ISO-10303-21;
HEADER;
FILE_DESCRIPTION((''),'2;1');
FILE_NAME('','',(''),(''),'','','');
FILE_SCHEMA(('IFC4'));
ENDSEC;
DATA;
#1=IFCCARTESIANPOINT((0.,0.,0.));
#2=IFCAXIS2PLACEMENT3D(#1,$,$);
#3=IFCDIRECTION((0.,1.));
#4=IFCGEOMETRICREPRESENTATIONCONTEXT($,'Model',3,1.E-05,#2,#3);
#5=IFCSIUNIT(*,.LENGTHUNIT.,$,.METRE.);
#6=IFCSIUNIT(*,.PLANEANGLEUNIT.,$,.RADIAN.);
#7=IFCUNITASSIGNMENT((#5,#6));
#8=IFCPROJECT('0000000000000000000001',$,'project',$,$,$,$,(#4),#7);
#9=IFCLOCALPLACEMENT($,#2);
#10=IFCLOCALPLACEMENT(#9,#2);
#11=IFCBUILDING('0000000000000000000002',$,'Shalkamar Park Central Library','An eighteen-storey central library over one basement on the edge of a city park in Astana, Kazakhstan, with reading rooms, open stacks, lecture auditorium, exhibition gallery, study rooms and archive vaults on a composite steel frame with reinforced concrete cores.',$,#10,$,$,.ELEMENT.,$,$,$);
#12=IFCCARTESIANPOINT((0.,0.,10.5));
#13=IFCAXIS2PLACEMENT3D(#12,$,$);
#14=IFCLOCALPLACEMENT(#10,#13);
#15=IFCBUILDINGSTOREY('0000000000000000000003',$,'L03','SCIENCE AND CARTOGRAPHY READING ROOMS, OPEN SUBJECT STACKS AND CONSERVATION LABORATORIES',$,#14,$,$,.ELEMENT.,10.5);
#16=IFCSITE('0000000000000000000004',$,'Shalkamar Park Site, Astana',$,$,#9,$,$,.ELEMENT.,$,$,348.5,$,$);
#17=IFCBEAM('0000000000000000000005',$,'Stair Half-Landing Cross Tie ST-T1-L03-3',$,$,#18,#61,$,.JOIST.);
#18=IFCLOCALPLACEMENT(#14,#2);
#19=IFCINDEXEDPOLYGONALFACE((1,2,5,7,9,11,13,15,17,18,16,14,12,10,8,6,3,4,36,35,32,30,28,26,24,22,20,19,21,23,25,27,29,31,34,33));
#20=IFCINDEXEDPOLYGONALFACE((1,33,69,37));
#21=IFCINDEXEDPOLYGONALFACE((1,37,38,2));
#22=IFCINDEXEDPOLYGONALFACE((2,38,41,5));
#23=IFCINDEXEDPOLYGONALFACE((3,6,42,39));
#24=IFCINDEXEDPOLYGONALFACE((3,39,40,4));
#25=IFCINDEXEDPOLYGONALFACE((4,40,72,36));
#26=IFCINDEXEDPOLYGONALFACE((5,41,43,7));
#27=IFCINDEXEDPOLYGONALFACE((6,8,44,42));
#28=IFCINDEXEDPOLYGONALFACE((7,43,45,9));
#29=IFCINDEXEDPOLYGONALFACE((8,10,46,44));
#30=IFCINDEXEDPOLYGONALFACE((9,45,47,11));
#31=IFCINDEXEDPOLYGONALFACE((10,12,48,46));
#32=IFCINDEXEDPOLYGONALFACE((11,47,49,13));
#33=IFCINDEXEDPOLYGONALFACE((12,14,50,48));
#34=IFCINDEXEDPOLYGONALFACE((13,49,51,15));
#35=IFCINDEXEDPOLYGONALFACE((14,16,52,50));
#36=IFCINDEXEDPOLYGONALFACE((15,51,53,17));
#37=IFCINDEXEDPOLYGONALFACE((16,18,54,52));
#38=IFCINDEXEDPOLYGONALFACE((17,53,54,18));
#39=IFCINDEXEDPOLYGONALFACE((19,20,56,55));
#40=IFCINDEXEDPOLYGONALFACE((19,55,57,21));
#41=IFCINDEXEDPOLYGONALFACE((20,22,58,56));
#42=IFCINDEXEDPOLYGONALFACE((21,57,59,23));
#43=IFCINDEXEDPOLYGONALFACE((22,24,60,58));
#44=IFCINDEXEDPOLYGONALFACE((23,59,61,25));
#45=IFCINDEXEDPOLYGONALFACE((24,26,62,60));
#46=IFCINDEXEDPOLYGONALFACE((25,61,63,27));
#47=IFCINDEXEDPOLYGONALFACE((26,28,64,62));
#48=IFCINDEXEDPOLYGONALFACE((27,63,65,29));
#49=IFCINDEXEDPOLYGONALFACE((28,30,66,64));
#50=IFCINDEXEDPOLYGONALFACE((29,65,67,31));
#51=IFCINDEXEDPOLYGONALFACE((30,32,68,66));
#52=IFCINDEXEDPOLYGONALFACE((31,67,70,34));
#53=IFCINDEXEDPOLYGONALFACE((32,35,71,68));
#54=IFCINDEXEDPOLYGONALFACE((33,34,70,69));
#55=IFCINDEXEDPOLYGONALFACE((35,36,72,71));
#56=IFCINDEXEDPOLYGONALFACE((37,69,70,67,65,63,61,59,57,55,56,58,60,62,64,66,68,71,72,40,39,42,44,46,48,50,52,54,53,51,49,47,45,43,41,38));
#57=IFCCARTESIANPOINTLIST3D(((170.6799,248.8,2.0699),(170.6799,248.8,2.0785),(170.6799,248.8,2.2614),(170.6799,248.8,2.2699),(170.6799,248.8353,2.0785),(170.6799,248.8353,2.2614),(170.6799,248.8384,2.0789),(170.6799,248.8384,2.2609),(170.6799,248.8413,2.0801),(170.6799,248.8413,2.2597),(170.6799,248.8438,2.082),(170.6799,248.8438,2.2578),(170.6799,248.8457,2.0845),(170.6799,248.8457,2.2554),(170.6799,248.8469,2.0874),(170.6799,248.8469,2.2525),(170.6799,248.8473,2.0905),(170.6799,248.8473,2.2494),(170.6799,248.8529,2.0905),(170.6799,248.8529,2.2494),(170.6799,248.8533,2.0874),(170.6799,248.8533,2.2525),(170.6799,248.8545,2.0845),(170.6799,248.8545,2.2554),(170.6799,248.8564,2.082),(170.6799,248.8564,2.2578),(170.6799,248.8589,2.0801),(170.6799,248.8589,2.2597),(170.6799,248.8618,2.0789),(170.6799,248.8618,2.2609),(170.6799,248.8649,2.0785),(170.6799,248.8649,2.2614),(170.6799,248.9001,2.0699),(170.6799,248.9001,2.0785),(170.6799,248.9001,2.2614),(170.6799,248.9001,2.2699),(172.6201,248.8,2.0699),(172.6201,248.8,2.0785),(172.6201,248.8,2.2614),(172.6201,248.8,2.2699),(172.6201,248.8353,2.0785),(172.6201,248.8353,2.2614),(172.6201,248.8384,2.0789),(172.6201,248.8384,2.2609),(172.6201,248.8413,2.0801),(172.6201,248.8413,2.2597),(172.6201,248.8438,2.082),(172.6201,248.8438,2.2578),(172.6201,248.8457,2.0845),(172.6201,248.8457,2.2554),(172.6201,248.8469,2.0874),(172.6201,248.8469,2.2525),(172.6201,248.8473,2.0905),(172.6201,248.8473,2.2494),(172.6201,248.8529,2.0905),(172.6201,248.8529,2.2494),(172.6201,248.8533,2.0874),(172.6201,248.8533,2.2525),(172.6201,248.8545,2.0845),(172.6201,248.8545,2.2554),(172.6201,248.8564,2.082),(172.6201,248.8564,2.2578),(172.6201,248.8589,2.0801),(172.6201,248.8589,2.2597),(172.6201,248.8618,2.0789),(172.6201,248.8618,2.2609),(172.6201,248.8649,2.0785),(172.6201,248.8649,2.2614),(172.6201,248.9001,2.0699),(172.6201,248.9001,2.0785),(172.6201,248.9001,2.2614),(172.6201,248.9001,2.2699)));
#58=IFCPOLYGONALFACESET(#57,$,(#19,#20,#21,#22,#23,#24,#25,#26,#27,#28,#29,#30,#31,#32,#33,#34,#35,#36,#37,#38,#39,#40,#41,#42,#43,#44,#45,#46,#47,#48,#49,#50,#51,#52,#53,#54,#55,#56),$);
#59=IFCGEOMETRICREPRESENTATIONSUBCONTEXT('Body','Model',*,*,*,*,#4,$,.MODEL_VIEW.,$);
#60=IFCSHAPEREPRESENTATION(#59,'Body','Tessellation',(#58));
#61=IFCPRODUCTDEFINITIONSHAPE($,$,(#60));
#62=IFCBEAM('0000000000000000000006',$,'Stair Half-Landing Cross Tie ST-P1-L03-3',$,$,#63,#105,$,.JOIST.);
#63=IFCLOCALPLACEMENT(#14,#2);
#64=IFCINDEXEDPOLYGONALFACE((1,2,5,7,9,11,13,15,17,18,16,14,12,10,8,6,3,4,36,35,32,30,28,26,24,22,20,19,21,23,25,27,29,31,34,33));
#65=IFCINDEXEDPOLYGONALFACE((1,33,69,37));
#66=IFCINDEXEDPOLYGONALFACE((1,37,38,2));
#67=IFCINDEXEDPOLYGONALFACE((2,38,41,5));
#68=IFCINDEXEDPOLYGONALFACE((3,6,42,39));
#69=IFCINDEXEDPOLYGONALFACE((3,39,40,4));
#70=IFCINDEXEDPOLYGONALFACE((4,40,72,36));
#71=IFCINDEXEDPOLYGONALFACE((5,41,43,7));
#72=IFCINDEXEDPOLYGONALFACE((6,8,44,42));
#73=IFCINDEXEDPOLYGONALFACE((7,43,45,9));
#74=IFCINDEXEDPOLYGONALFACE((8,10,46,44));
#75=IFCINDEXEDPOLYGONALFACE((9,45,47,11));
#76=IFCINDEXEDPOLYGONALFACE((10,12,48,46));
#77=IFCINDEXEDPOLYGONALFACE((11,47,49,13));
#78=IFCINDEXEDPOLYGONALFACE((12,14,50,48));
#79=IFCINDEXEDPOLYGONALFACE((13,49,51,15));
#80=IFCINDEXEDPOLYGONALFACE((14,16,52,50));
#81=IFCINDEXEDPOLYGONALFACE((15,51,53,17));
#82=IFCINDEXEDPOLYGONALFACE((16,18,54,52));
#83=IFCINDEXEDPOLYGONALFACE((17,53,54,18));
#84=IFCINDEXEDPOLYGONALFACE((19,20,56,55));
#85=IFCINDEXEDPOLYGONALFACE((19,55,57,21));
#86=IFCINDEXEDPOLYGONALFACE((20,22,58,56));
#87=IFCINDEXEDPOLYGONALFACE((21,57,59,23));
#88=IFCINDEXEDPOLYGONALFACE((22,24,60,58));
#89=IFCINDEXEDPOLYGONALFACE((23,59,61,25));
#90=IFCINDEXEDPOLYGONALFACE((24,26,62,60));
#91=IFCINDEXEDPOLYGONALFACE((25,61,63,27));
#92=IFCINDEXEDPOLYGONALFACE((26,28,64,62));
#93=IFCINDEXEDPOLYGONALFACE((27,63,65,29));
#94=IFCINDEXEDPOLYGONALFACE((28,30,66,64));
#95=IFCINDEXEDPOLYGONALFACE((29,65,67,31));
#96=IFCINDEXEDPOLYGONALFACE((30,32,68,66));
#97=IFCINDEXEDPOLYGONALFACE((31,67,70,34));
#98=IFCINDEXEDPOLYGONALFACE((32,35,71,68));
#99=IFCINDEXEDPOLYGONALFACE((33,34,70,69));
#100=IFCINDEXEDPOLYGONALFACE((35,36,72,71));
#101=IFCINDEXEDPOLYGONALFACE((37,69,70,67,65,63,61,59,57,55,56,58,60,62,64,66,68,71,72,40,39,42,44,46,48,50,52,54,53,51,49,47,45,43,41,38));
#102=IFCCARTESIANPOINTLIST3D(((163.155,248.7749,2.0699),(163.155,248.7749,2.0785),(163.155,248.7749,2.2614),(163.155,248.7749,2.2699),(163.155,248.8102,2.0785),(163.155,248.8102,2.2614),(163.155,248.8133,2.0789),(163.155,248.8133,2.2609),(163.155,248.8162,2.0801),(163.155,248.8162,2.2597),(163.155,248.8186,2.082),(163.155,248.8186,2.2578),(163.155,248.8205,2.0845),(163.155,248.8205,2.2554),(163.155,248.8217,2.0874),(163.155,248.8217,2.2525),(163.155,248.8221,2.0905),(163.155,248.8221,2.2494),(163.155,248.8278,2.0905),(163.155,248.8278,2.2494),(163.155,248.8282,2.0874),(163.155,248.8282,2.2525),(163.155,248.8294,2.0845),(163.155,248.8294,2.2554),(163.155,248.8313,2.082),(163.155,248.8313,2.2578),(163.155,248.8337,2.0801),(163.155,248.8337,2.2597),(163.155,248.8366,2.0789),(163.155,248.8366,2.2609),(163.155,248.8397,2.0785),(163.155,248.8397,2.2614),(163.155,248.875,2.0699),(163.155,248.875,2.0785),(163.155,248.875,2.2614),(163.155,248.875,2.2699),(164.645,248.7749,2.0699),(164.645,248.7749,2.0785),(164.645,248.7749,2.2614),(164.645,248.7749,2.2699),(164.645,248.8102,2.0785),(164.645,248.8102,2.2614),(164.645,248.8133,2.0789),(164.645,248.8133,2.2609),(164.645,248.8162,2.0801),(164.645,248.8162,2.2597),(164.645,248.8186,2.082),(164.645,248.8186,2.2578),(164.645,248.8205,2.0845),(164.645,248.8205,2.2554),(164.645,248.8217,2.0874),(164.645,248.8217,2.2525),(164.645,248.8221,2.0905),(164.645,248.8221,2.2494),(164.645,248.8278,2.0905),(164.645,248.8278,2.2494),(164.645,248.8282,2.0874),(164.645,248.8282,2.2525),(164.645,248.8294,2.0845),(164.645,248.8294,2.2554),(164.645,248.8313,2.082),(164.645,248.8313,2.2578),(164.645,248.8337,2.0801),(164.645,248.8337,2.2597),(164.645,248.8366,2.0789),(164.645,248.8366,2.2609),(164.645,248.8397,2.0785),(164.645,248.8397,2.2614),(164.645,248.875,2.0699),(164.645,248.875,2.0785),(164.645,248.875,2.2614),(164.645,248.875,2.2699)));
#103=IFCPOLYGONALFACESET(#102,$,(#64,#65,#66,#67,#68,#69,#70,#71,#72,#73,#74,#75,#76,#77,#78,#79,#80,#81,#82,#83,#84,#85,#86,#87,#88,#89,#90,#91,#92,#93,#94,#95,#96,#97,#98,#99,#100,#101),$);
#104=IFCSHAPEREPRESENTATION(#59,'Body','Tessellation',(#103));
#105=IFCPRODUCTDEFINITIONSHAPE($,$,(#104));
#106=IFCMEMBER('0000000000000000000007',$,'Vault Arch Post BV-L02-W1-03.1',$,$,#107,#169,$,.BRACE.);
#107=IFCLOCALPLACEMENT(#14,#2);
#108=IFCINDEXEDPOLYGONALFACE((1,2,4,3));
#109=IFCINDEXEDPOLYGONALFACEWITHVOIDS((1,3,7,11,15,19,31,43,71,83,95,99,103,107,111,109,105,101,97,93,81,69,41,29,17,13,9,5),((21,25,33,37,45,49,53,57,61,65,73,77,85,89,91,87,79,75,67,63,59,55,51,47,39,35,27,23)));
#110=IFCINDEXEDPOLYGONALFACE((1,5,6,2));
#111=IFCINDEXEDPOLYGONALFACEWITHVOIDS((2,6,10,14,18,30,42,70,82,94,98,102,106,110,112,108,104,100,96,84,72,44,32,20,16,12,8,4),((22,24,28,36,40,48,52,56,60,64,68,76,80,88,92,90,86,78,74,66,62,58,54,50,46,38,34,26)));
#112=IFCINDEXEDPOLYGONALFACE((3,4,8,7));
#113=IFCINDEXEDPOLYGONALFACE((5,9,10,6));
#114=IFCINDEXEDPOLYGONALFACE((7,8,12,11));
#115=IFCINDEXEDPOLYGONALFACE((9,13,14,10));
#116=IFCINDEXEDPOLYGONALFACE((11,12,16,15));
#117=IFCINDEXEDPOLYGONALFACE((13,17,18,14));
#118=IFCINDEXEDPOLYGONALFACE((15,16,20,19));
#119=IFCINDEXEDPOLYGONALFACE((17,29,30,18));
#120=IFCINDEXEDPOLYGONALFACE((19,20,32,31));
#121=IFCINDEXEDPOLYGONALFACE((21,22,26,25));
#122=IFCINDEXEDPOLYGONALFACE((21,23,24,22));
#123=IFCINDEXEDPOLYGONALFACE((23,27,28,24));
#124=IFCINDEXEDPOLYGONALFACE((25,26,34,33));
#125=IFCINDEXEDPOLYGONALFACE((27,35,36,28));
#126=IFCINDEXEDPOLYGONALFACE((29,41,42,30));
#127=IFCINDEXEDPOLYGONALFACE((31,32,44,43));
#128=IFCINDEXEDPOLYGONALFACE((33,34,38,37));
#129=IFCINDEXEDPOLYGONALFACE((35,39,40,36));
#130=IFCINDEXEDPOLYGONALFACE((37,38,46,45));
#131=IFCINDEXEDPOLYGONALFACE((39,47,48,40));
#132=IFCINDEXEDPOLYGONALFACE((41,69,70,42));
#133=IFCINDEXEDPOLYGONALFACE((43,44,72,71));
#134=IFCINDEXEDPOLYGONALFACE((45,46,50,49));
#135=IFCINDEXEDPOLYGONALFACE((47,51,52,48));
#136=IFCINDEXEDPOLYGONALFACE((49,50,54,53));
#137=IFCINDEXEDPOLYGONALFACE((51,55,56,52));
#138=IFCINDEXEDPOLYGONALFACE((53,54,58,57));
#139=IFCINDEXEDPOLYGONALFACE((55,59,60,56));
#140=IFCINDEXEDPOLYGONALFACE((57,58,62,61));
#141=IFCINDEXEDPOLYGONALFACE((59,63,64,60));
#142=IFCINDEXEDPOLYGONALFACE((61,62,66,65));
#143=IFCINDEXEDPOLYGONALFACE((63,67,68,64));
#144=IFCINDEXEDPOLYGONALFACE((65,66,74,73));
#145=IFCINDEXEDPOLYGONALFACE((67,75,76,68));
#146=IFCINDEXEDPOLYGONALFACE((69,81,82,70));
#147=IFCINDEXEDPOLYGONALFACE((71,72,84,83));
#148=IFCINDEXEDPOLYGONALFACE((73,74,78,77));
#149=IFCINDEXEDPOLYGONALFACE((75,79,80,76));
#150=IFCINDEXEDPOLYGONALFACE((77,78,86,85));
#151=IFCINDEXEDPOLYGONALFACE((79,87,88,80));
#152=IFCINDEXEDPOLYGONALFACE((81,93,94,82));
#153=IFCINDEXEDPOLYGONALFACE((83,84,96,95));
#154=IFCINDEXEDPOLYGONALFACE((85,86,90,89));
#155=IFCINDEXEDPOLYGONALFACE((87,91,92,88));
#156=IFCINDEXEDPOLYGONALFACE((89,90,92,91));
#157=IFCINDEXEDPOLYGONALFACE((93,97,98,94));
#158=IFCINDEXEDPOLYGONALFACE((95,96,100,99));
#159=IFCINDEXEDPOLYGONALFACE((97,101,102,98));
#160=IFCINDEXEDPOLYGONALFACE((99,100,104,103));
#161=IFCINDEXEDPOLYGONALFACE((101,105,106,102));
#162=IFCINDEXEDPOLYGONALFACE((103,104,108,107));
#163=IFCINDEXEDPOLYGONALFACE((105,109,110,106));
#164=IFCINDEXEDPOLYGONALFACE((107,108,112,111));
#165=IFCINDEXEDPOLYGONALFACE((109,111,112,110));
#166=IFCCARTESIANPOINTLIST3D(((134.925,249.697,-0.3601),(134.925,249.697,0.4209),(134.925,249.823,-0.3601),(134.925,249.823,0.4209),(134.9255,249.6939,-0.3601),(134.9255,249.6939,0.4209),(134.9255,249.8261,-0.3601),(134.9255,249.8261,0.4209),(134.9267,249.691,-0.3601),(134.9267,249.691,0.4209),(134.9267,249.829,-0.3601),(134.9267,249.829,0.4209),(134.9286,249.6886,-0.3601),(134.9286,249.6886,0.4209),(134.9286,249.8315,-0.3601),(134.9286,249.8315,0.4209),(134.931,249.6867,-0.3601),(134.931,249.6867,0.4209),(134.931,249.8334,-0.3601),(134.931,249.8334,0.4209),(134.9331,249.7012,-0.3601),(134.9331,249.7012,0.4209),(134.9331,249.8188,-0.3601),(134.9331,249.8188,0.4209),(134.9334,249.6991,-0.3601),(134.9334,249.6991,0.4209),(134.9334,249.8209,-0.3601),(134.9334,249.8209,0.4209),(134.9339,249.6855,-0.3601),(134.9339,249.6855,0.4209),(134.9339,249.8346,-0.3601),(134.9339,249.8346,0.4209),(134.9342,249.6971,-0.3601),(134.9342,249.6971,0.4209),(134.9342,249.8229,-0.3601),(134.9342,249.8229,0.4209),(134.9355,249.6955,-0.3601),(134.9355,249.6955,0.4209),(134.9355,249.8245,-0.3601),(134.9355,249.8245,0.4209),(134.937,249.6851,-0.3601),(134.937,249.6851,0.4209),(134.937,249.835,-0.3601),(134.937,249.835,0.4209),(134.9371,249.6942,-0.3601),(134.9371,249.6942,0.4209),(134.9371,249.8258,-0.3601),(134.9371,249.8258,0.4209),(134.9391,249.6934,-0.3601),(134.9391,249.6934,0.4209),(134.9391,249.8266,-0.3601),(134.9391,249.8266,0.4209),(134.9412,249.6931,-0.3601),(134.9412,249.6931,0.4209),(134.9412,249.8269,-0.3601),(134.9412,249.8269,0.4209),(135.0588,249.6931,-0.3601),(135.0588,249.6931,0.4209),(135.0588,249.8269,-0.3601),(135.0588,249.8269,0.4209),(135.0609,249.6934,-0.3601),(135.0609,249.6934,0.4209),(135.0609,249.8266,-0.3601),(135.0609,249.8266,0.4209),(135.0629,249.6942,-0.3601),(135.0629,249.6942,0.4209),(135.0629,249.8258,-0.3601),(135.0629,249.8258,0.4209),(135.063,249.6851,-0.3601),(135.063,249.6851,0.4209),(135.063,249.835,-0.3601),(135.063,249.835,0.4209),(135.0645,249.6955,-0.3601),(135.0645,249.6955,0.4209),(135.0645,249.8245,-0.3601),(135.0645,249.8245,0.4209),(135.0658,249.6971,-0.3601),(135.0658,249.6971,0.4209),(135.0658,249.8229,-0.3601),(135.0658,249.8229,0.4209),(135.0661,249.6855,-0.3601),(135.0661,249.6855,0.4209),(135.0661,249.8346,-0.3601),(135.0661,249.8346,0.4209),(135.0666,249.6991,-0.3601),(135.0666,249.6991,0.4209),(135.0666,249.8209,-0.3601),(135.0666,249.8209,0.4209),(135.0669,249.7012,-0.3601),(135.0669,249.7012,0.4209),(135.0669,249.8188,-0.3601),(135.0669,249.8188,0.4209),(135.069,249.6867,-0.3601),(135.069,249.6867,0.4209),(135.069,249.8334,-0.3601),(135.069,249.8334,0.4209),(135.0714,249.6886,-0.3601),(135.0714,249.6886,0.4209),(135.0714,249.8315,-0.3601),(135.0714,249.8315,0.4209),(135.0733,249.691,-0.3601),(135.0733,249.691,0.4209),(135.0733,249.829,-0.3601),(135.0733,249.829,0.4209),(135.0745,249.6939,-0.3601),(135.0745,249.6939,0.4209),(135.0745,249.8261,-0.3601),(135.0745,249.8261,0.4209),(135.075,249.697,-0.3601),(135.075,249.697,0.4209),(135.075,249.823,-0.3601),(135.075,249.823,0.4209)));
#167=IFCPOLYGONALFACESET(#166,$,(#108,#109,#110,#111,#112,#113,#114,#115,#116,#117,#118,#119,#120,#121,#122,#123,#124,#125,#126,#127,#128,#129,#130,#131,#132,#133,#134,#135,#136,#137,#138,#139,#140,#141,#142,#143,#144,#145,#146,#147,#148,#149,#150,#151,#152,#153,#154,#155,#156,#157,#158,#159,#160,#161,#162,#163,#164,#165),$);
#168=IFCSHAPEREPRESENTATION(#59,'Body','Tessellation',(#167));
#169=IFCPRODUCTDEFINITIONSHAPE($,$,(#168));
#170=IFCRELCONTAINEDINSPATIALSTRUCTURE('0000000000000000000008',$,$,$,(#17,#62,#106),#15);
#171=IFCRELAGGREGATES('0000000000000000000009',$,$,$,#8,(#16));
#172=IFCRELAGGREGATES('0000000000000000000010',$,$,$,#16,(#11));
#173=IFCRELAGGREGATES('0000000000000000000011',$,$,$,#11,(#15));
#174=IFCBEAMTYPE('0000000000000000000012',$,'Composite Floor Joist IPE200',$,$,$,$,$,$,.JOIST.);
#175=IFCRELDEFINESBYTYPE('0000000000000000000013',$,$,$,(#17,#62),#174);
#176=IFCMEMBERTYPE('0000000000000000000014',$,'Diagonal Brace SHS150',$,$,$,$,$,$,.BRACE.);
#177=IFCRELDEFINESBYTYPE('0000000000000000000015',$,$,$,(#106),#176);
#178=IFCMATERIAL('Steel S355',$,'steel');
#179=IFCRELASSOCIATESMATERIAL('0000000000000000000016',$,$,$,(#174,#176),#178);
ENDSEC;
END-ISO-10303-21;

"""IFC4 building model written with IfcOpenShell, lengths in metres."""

from ifc_helpers import new_model, si_unit, direction, frame, origin, origin_2d, place, context, subcontext, project, spatial, hollow_rectangle, i_section, extrude, material, material_profile, profile_set, type_object, element, save


model = new_model("IFC4")

# Units and contexts
model_context = context("Model", 3, precision=1e-05, world=origin(), true_north=direction((0.0, 1.0)))
body_context = subcontext(model_context, "Body", "Model", "MODEL_VIEW")
ifc_project = project(units=[si_unit("LENGTHUNIT", "METRE"), si_unit("PLANEANGLEUNIT", "RADIAN")], contexts=[model_context])

# Site, building, storey
site_placement = place(None, origin())
site = spatial("IfcSite", under=ifc_project, at=site_placement, Name="Shalkamar Park Site, Astana", CompositionType="ELEMENT", RefElevation=348.5)
building_placement = place(site_placement, origin())
building = spatial("IfcBuilding", under=site, at=building_placement, Name="Shalkamar Park Central Library", Description="An eighteen-storey central library over one basement on the edge of a city park in Astana, Kazakhstan, with reading rooms, open stacks, lecture auditorium, exhibition gallery, study rooms and archive vaults on a composite steel frame with reinforced concrete cores.", CompositionType="ELEMENT")
storey_placement = place(building_placement, frame((0.0, 0.0, 10.5)))
storey = spatial("IfcBuildingStorey", under=building, at=storey_placement, Name="L03", Description="SCIENCE AND CARTOGRAPHY READING ROOMS, OPEN SUBJECT STACKS AND CONSERVATION LABORATORIES", CompositionType="ELEMENT", Elevation=10.5)

# Beams
ifc_material_1 = material(Name="Steel S355", Category="steel")
ifc_material_profile_1 = material_profile(ifc_material_1, i_section(OverallWidth=0.1001, OverallDepth=0.2, WebThickness=0.0056, FlangeThickness=0.0085, FilletRadius=0.012, at=origin_2d()), Name="IPE 200")
ifc_profile_set_1 = profile_set([ifc_material_profile_1], Name="Steel S355")
beam_type_1 = type_object("IfcBeamType", Name="Composite Floor Joist IPE200", PredefinedType="JOIST", material=ifc_profile_set_1)
beam_1_placement = place(storey_placement, frame((170.6799, 248.8501, 2.1699), z_axis=(1.0, 0.0, 0.0), x_axis=(0.0, 1.0, 0.0)))
element("IfcBeam", 1, at=beam_1_placement, inside=storey, type_object=beam_type_1, Name="Stair Half-Landing Cross Tie ST-T1-L03-3", PredefinedType="JOIST", context=body_context, shape_type="SweptSolid", body=[
    extrude(i_section(OverallWidth=0.1001, OverallDepth=0.2, WebThickness=0.0056, FlangeThickness=0.0085, FilletRadius=0.012, at=origin_2d()), origin(), (0.0, 0.0, 1.0), 1.9402),
])
beam_2_placement = place(storey_placement, frame((163.155, 248.825, 2.1699), z_axis=(1.0, 0.0, 0.0), x_axis=(0.0, 1.0, 0.0)))
element("IfcBeam", 2, at=beam_2_placement, inside=storey, type_object=beam_type_1, Name="Stair Half-Landing Cross Tie ST-P1-L03-3", PredefinedType="JOIST", context=body_context, shape_type="SweptSolid", body=[
    extrude(i_section(OverallWidth=0.1001, OverallDepth=0.2, WebThickness=0.0056, FlangeThickness=0.0085, FilletRadius=0.012, at=origin_2d()), origin(), (0.0, 0.0, 1.0), 1.49),
])

# Member
ifc_material_profile_2 = material_profile(ifc_material_1, hollow_rectangle(XDim=0.1499, YDim=0.1499, WallThickness=0.0081, InnerFilletRadius=0.0081, OuterFilletRadius=0.012, at=origin_2d()), Name="SHS 150x150x8")
ifc_profile_set_2 = profile_set([ifc_material_profile_2], Name="Steel S355")
member_type_1 = type_object("IfcMemberType", Name="Diagonal Brace SHS150", PredefinedType="BRACE", material=ifc_profile_set_2)
for number, where, z_axis, x_axis, name in (
    (3, (135.0, 249.76, -0.3601), (0.0, 0.0, 1.0), (1.0, 0.0, 0.0), "Vault Arch Post BV-L02-W1-03.1"),
):
    element("IfcMember", number, at=place(storey_placement, frame(where, z_axis=z_axis, x_axis=x_axis)), inside=storey, type_object=member_type_1, Name=name, PredefinedType="BRACE", context=body_context, shape_type="SweptSolid", body=[
        extrude(hollow_rectangle(XDim=0.1499, YDim=0.1499, WallThickness=0.0081, InnerFilletRadius=0.0081, OuterFilletRadius=0.012, at=origin_2d()), origin(), (0.0, 0.0, 1.0), 0.781),
    ])

save(model, "model.ifc")
